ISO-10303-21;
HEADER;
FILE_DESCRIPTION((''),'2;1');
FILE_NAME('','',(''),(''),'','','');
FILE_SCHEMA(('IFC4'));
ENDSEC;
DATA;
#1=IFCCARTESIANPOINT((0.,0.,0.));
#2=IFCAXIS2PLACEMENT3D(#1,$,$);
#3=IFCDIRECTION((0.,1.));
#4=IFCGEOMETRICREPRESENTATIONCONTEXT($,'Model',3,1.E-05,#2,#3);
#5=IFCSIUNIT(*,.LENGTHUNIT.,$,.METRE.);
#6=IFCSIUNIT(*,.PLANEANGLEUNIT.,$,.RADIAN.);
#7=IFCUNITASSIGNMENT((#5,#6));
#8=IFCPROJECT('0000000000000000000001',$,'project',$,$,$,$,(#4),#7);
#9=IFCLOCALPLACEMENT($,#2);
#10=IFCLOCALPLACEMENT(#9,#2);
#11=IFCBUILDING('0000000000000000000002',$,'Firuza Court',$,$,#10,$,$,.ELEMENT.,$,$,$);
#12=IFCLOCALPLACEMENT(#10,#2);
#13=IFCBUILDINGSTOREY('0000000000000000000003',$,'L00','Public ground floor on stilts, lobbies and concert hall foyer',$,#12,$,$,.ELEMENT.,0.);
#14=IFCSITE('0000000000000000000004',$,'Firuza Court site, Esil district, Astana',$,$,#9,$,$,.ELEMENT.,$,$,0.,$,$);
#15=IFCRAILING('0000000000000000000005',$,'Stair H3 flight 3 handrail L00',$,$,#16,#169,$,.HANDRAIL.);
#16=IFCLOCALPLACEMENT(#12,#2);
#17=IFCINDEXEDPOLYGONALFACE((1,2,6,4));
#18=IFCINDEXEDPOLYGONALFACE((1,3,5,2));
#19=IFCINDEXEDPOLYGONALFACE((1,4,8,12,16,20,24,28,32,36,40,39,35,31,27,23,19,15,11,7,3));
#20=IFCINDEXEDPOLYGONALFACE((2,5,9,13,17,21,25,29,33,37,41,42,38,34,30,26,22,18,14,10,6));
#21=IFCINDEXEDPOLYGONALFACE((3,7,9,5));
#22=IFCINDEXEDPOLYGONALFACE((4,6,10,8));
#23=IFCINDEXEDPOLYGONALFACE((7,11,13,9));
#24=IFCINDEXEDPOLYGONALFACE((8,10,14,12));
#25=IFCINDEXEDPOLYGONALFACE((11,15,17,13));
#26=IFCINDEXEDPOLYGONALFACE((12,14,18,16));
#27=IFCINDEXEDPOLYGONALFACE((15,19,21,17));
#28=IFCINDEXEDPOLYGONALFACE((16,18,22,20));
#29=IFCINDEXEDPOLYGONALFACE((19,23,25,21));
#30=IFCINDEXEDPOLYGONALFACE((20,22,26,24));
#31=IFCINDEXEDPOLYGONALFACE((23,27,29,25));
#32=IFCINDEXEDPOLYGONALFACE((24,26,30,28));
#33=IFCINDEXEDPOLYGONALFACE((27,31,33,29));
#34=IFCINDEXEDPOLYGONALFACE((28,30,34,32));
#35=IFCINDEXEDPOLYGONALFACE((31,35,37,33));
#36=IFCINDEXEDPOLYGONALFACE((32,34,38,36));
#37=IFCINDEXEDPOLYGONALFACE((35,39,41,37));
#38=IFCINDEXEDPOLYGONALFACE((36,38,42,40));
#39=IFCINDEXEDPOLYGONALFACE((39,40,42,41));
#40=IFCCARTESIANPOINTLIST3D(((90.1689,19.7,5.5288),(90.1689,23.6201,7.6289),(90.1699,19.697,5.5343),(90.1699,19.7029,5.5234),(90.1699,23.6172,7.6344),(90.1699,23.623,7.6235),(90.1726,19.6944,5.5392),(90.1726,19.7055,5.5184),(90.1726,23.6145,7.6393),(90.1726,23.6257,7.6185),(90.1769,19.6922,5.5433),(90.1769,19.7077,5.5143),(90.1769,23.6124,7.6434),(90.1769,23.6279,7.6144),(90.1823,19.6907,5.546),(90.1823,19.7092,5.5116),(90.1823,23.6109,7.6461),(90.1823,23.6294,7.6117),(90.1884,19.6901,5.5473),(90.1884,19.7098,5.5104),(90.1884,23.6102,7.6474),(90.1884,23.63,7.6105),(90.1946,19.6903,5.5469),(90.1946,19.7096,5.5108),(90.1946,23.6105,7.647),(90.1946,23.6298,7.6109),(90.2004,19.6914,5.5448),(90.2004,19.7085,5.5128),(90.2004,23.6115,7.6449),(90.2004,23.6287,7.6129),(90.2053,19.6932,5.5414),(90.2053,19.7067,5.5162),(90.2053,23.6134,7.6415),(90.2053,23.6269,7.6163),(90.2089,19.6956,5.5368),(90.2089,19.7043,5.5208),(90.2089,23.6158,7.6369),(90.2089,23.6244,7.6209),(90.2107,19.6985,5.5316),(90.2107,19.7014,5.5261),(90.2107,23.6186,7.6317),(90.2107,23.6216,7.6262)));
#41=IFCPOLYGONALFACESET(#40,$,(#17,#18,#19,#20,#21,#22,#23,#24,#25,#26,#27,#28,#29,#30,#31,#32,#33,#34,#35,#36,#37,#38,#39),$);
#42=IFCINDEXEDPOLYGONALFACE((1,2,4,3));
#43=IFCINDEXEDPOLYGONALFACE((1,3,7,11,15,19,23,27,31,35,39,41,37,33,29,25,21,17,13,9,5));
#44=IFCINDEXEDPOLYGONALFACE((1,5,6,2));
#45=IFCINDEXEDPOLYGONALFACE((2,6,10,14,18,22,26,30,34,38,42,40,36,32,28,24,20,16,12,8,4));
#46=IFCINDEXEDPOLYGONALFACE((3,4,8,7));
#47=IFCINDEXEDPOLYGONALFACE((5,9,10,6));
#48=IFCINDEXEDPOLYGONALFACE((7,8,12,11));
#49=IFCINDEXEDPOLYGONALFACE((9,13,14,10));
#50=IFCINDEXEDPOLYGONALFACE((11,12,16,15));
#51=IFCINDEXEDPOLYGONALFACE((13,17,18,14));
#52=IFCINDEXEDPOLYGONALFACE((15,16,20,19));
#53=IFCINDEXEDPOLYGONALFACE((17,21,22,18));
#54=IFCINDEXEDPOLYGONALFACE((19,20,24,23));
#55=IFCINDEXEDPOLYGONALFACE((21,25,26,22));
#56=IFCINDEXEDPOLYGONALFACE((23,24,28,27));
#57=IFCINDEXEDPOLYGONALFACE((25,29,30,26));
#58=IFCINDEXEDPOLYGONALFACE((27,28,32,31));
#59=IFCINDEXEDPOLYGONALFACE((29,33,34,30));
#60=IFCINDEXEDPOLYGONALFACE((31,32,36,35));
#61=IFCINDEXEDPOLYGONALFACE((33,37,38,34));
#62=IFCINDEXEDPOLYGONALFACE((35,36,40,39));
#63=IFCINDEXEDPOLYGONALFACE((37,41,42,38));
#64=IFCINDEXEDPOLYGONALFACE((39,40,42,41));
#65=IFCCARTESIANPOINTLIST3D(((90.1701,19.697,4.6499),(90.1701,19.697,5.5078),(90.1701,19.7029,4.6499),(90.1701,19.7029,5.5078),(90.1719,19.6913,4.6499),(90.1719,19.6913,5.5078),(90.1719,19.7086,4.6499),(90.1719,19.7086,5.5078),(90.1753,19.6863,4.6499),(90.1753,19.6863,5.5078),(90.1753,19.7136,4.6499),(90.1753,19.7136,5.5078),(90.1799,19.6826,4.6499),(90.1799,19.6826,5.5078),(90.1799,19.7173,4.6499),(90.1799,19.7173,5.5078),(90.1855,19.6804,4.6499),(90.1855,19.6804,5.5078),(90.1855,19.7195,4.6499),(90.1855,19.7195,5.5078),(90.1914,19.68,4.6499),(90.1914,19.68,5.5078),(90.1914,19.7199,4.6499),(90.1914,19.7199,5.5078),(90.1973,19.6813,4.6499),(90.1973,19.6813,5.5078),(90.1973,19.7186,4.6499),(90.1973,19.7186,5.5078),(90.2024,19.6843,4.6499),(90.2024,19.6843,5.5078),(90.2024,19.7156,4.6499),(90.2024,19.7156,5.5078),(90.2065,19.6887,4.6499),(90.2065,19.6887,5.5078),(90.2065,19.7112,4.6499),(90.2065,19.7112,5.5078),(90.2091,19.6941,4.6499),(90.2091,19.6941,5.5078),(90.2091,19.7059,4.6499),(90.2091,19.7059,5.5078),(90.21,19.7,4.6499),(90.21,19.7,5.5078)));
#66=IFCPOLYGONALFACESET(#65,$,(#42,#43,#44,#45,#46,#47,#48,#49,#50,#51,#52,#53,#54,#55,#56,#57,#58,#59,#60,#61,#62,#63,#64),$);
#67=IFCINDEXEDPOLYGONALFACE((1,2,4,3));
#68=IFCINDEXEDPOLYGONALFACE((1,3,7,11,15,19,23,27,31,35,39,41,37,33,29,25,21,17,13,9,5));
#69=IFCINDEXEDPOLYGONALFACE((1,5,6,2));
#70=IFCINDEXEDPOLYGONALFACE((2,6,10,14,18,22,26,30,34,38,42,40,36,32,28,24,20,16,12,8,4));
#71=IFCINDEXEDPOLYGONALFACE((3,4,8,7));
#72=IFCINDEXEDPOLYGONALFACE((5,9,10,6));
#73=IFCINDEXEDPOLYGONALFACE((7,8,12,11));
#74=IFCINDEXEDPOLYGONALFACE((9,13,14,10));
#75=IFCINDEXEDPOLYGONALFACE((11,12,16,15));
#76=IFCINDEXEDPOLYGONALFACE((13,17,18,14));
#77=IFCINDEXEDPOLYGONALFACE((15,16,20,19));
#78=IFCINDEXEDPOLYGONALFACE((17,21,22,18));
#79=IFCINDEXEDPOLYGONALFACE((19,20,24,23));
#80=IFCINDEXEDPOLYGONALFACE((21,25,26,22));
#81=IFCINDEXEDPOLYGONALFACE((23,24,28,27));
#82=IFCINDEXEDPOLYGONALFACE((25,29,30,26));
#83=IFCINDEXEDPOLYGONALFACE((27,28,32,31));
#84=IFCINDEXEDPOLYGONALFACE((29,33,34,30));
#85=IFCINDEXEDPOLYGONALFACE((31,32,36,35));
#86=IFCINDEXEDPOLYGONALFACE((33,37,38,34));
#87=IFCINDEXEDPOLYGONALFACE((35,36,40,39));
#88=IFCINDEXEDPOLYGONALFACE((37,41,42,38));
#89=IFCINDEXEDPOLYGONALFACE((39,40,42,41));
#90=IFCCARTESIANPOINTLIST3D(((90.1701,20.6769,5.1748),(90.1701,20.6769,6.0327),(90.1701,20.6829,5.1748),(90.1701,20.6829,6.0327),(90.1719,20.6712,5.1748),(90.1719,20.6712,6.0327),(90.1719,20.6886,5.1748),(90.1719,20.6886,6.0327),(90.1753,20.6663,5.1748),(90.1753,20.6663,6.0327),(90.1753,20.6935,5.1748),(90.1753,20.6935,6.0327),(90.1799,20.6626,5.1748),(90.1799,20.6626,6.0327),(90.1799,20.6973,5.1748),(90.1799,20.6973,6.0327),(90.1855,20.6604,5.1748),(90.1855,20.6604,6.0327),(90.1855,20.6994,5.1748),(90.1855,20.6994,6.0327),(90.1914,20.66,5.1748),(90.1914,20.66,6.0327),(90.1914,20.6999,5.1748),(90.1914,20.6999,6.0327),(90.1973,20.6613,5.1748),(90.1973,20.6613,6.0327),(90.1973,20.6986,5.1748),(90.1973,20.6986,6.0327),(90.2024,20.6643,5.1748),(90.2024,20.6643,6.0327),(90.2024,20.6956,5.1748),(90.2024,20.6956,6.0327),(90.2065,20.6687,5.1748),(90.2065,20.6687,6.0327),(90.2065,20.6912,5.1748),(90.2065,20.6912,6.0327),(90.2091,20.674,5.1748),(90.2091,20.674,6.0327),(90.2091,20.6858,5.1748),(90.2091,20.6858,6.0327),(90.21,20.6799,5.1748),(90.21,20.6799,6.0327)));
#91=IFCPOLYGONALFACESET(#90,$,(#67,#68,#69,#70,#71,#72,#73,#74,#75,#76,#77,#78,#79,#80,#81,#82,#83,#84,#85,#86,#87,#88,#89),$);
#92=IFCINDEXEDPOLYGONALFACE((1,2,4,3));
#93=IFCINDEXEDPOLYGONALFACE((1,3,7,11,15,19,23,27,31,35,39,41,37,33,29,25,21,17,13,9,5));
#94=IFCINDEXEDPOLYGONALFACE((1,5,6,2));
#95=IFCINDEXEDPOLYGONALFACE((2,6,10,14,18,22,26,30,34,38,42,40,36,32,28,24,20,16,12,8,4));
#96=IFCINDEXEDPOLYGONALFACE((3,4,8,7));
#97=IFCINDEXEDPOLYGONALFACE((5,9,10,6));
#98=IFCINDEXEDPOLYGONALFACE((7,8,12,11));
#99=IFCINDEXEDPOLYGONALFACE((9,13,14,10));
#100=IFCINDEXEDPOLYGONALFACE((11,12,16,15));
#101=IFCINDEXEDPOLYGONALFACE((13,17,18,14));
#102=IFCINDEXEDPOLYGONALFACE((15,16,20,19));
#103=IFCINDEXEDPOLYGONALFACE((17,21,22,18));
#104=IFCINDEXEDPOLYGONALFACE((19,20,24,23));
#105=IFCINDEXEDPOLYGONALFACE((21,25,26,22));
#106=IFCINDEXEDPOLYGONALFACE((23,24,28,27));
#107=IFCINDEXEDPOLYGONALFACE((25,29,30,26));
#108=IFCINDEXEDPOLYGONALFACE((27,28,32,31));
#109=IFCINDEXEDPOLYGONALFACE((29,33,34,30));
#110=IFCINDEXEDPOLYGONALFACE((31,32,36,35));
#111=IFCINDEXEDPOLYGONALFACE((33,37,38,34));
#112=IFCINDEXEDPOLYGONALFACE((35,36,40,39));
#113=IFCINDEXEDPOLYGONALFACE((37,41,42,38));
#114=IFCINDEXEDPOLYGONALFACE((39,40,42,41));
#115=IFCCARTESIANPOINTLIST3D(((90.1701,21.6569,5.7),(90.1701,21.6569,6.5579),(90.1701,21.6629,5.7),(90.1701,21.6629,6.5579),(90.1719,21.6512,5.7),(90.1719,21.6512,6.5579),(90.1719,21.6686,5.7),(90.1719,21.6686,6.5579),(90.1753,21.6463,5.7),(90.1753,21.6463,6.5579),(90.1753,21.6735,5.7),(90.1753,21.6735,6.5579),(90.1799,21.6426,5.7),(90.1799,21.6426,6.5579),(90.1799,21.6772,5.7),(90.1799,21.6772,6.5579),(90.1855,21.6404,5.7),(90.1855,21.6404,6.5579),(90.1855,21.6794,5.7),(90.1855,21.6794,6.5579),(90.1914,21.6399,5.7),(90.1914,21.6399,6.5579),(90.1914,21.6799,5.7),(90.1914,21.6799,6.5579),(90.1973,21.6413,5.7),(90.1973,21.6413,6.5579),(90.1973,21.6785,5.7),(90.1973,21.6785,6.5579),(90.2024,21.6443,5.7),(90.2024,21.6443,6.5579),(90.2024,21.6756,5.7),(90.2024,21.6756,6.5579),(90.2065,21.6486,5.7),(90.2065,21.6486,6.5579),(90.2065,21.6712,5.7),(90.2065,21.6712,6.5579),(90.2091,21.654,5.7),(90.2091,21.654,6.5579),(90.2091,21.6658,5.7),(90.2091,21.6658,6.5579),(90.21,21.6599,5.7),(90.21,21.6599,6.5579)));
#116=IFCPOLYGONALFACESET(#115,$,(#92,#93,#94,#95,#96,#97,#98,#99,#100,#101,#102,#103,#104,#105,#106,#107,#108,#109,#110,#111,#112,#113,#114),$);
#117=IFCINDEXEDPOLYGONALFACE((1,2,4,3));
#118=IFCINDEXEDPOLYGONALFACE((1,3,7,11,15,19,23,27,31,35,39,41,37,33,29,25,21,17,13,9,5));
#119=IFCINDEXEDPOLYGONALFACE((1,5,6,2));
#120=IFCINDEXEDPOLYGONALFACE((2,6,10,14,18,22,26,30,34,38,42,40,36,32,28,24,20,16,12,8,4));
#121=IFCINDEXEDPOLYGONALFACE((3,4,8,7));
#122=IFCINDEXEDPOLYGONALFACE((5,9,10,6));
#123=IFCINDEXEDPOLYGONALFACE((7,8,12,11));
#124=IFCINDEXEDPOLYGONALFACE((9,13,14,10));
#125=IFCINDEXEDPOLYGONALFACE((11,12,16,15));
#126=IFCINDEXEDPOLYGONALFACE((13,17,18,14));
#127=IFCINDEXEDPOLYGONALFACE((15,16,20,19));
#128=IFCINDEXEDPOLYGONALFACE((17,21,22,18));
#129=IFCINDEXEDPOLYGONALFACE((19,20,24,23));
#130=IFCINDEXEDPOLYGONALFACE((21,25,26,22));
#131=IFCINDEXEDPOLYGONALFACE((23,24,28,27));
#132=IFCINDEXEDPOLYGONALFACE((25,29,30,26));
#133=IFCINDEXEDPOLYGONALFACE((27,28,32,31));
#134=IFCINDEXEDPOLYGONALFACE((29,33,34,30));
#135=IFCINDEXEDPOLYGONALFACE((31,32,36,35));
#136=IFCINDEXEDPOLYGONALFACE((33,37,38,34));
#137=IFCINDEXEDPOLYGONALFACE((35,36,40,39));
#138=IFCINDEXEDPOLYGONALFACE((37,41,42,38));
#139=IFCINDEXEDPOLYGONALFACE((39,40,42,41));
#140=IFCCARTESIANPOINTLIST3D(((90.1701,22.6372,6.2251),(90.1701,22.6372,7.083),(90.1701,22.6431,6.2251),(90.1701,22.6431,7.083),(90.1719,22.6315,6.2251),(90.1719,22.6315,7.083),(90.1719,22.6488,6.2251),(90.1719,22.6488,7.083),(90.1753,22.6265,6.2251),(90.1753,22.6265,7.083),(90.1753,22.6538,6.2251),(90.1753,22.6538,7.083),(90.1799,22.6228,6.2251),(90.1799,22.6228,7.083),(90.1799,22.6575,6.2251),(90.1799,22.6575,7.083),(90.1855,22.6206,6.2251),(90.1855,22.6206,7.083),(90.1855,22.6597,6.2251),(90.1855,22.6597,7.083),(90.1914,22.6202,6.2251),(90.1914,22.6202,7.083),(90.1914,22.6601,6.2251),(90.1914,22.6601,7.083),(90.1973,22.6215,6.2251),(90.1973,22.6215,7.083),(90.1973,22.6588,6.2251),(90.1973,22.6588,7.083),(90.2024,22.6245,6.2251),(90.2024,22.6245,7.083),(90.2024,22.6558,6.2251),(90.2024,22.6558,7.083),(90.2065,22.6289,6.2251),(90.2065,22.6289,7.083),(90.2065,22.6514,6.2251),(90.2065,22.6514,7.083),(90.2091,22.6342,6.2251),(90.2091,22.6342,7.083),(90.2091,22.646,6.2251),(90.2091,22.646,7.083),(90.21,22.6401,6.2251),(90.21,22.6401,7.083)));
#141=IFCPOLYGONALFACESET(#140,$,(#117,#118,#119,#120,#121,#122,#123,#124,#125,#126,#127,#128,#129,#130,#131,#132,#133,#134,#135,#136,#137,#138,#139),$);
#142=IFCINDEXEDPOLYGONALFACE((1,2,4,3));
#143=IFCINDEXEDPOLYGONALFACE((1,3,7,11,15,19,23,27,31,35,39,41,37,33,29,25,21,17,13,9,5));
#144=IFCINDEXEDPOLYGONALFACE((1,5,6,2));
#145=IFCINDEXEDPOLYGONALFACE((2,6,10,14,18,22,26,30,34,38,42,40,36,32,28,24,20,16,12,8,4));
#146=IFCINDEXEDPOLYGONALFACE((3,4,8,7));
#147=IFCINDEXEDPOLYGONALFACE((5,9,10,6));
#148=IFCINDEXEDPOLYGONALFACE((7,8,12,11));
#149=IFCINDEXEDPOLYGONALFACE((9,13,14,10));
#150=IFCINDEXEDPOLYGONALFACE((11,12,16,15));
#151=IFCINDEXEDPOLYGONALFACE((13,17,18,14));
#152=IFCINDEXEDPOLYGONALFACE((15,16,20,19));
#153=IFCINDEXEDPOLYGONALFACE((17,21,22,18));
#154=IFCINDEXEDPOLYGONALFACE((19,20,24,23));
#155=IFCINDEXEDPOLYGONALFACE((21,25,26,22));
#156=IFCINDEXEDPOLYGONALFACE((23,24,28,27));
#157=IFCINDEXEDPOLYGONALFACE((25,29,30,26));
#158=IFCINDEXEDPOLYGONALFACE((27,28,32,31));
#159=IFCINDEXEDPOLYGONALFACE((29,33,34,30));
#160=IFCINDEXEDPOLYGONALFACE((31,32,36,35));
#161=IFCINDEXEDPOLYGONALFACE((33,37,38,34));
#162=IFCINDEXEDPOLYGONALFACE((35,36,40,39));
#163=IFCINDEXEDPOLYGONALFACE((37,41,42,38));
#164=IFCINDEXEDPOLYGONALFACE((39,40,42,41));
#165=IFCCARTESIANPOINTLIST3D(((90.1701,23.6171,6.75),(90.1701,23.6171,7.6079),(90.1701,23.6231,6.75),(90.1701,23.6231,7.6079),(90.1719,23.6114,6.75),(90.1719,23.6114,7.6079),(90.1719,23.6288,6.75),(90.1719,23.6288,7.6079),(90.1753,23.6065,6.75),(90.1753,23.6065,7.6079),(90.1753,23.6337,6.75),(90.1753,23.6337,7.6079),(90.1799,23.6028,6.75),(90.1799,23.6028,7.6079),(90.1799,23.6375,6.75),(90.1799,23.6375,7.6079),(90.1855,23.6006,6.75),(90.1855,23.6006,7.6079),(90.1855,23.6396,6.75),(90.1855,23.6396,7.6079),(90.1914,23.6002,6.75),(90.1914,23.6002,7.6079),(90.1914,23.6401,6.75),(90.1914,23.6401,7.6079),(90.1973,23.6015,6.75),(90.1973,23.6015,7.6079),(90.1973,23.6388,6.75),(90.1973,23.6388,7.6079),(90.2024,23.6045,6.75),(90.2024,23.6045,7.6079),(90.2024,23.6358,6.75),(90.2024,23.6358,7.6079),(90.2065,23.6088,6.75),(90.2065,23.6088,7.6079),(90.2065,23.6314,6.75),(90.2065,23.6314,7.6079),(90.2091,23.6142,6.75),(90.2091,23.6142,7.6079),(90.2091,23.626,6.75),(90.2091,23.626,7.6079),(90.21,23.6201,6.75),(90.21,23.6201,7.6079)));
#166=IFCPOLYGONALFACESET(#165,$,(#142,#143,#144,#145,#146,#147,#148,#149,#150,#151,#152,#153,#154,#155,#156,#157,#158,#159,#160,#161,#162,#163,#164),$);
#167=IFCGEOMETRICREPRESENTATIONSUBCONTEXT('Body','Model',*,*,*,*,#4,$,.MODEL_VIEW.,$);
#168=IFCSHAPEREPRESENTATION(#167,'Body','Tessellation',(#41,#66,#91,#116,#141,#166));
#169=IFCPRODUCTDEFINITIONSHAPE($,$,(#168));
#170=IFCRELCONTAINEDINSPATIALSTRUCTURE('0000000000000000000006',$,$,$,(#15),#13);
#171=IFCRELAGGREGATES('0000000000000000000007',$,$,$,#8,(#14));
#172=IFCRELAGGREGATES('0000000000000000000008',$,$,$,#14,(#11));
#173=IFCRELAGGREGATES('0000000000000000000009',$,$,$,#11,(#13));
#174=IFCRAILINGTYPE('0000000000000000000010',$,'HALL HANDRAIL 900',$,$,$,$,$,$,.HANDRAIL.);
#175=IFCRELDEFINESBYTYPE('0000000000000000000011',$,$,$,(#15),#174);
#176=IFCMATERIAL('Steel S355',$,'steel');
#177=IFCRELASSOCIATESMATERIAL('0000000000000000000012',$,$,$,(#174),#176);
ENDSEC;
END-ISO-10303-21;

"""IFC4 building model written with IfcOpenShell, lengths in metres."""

from ifc_helpers import new_model, si_unit, direction, frame, origin, origin_2d, place, context, subcontext, project, spatial, circle, extrude, material, type_object, element, save


model = new_model("IFC4")

# Units and contexts
model_context = context("Model", 3, precision=1e-05, world=origin(), true_north=direction((0.0, 1.0)))
body_context = subcontext(model_context, "Body", "Model", "MODEL_VIEW")
ifc_project = project(units=[si_unit("LENGTHUNIT", "METRE"), si_unit("PLANEANGLEUNIT", "RADIAN")], contexts=[model_context])

# Site, building, storey
site_placement = place(None, origin())
site = spatial("IfcSite", under=ifc_project, at=site_placement, Name="Firuza Court site, Esil district, Astana", CompositionType="ELEMENT", RefElevation=0.0)
building_placement = place(site_placement, origin())
building = spatial("IfcBuilding", under=site, at=building_placement, Name="Firuza Court", CompositionType="ELEMENT")
storey_placement = place(building_placement, origin())
storey = spatial("IfcBuildingStorey", under=building, at=storey_placement, Name="L00", Description="Public ground floor on stilts, lobbies and concert hall foyer", CompositionType="ELEMENT", Elevation=0.0)

# Railing
ifc_material_1 = material(Name="Steel S355", Category="steel")
railing_type_1 = type_object("IfcRailingType", Name="HALL HANDRAIL 900", PredefinedType="HANDRAIL", material=ifc_material_1)
railing_1_placement = place(storey_placement, frame((90.1899, 19.7, 4.6499)))
element("IfcRailing", 1, at=railing_1_placement, inside=storey, type_object=railing_type_1, Name="Stair H3 flight 3 handrail L00", PredefinedType="HANDRAIL", context=body_context, shape_type="SweptSolid", body=[
    extrude(circle(Radius=0.021, at=origin_2d()), frame((0.0, 0.0, 0.8789), z_axis=(0.0, 0.881479, 0.472223), x_axis=(-1.0, 0.0, 0.0)), (0.0, 0.0, 1.0), 4.4473),
    extrude(circle(Radius=0.02, at=origin_2d()), origin(), (0.0, 0.0, 1.0), 0.8579),
    extrude(circle(Radius=0.02, at=origin_2d()), frame((0.0, 0.98, 0.5249)), (0.0, 0.0, 1.0), 0.8579),
    extrude(circle(Radius=0.02, at=origin_2d()), frame((0.0, 1.96, 1.05)), (0.0, 0.0, 1.0), 0.8579),
    extrude(circle(Radius=0.02, at=origin_2d()), frame((0.0, 2.9402, 1.5752)), (0.0, 0.0, 1.0), 0.8579),
    extrude(circle(Radius=0.02, at=origin_2d()), frame((0.0, 3.9202, 2.1001)), (0.0, 0.0, 1.0), 0.8579),
])

save(model, "model.ifc")
